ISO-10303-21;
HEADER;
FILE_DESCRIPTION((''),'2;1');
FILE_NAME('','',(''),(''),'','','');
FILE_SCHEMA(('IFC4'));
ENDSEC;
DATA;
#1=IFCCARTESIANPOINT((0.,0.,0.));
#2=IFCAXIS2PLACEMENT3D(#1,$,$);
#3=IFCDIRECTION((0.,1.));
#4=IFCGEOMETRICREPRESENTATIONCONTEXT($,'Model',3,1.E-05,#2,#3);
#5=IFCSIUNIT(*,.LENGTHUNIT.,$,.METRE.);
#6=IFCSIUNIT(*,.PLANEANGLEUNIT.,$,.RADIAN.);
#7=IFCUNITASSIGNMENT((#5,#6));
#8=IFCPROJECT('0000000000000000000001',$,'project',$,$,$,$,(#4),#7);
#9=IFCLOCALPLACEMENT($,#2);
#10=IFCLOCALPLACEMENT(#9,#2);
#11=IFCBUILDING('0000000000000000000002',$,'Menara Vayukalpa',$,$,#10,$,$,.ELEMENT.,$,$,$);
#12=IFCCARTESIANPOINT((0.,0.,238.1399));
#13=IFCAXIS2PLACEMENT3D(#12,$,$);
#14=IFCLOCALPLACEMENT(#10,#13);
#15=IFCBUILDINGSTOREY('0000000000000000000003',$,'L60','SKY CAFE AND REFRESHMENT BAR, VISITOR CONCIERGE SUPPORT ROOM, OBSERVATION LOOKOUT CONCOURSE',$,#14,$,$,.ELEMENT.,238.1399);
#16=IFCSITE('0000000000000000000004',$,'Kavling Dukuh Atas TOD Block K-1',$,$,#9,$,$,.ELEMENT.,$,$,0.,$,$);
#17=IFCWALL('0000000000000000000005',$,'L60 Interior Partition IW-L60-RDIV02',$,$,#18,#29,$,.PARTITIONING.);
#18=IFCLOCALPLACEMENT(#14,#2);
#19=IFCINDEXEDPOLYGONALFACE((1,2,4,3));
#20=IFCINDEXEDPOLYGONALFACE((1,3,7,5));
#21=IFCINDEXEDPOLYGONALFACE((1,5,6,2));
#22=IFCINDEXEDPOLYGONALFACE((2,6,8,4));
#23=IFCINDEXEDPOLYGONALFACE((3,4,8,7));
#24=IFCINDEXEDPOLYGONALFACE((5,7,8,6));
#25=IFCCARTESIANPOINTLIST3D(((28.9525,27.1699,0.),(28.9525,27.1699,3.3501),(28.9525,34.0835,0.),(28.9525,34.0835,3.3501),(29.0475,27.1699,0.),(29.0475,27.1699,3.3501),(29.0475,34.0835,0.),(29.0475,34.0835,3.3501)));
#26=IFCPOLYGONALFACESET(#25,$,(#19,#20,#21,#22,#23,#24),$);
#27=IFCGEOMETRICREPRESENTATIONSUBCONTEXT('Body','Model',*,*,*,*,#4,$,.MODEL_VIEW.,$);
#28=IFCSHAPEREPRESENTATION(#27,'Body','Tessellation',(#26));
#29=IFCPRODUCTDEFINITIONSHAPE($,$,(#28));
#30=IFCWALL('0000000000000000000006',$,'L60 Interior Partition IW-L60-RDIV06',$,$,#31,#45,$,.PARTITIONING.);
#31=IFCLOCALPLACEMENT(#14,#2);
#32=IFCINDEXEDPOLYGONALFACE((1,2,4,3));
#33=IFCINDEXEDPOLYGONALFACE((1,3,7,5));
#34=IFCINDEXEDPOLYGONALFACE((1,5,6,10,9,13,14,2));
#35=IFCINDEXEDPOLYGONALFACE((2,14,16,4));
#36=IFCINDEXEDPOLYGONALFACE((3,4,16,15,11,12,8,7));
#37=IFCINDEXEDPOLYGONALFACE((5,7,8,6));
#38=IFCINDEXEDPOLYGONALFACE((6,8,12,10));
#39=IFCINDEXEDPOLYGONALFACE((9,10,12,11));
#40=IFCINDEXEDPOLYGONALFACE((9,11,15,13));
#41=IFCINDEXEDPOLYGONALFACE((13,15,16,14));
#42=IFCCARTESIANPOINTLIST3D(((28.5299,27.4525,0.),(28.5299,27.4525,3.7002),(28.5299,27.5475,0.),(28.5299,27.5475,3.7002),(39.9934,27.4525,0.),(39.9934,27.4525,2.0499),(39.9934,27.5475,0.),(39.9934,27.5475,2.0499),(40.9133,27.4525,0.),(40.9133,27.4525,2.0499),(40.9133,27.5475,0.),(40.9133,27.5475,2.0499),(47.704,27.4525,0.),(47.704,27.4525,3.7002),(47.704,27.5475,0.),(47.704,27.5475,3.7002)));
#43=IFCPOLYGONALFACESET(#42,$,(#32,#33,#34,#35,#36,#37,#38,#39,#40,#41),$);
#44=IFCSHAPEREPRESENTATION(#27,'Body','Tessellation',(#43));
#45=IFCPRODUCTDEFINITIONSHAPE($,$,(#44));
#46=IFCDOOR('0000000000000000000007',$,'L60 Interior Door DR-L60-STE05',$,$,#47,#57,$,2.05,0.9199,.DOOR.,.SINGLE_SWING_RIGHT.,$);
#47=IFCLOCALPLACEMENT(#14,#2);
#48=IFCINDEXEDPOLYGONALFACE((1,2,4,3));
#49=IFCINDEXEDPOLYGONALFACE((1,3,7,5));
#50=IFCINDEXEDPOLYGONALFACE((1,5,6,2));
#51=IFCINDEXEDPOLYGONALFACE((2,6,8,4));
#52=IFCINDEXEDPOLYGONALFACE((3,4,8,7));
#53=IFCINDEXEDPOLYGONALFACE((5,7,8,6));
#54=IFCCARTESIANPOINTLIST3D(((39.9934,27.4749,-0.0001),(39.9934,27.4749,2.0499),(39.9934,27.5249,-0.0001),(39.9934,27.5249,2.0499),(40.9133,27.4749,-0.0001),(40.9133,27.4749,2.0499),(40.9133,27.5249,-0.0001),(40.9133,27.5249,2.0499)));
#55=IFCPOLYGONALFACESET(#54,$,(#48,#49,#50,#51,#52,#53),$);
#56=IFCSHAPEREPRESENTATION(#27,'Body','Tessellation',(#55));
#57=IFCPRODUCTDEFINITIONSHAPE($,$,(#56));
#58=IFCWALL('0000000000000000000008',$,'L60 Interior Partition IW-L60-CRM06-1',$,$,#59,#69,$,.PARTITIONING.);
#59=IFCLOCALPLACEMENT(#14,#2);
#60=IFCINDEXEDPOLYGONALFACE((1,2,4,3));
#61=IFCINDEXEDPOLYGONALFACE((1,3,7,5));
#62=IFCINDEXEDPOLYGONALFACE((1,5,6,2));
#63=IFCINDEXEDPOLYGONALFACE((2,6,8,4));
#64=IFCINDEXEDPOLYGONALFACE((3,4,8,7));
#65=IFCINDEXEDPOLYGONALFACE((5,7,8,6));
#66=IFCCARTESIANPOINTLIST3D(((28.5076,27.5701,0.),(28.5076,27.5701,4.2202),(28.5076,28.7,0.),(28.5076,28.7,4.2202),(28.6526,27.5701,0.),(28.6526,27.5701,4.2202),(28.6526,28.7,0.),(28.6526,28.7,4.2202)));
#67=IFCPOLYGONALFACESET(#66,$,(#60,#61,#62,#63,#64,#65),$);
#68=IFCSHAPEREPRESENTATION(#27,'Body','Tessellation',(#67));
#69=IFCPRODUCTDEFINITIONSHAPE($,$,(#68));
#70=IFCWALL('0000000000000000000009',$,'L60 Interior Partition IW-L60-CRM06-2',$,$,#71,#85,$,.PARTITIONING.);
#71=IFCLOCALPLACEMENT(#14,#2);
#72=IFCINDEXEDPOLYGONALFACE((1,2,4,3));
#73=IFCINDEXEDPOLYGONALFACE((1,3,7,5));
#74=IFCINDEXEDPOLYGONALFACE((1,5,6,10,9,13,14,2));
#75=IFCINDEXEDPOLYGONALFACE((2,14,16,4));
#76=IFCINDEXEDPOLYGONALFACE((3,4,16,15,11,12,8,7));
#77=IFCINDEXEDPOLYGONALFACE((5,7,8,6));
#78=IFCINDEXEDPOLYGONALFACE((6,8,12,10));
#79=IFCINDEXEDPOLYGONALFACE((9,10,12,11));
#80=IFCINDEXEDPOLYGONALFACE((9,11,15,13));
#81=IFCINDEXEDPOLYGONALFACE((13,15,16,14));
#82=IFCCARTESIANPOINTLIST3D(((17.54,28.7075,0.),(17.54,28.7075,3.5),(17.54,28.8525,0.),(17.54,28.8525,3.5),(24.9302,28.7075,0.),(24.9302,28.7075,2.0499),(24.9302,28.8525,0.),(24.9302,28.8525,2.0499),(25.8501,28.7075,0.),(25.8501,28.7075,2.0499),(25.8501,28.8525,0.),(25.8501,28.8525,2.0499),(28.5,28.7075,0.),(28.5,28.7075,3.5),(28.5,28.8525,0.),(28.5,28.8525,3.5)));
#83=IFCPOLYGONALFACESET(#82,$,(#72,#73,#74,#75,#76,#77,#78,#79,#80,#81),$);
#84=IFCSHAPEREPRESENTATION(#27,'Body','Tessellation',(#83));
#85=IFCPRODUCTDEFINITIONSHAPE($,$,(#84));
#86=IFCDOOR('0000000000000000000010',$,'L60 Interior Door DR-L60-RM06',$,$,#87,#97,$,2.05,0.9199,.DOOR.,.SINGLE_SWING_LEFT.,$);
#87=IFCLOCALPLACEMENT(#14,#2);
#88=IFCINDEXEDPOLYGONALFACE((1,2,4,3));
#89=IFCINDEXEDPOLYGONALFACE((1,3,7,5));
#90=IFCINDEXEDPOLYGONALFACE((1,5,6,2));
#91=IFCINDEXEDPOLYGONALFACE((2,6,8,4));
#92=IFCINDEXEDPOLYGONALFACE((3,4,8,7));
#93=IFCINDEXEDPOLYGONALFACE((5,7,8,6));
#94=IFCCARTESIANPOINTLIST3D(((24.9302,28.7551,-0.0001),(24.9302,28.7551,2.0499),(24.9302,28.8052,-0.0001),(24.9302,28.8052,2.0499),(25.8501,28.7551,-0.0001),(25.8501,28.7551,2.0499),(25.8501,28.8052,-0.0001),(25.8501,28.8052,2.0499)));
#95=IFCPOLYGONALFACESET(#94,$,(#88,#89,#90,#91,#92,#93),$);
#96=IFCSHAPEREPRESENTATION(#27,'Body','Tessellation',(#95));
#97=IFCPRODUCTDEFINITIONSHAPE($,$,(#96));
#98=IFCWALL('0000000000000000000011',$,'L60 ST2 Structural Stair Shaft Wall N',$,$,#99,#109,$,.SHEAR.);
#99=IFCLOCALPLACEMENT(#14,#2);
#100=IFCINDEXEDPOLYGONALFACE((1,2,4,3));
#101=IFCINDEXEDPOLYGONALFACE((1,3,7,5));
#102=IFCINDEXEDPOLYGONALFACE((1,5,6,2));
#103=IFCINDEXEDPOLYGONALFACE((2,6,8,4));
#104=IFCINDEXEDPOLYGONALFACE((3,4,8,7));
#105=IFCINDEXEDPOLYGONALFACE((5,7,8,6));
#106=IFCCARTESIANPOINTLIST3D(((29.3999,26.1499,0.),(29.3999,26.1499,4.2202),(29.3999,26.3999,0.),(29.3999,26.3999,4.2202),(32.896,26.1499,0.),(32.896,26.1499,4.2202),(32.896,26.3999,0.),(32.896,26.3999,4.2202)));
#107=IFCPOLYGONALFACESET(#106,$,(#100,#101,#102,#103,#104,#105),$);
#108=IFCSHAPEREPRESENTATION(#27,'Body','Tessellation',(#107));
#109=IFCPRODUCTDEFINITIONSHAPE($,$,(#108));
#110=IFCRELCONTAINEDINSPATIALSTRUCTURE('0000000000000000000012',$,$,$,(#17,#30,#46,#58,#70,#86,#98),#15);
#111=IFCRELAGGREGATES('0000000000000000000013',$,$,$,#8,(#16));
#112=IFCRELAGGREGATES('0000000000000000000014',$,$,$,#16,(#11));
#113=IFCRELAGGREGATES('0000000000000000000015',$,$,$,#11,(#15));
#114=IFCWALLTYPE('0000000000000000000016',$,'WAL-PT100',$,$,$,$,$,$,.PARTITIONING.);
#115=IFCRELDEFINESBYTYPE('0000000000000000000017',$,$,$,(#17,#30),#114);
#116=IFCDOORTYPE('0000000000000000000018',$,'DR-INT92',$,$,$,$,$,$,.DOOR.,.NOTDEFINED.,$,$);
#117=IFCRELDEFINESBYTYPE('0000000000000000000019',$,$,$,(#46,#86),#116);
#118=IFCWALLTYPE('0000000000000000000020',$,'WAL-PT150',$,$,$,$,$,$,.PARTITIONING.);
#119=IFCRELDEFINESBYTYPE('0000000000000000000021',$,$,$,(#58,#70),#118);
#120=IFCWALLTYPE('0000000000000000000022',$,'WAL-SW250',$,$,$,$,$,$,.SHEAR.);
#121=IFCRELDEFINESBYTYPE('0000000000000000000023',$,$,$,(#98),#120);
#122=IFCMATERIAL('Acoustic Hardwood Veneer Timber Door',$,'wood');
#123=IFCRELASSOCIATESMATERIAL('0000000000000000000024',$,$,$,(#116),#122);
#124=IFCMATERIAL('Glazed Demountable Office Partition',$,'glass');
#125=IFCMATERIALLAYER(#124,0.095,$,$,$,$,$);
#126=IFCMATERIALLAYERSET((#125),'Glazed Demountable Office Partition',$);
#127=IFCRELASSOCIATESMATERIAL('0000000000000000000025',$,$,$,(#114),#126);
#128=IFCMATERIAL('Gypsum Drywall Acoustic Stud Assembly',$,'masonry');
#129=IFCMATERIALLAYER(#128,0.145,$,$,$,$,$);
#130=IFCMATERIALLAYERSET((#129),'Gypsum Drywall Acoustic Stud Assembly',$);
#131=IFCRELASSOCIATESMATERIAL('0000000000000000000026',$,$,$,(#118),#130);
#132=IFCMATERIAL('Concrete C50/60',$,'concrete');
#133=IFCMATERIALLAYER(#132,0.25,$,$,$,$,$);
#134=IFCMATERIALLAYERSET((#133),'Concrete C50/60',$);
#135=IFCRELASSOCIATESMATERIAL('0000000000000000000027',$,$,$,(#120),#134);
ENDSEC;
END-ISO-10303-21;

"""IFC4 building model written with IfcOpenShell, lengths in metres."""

from ifc_helpers import new_model, si_unit, direction, frame, frame_2d, origin, place, context, subcontext, project, spatial, rectangle, extrude, material, layer, layer_set, type_object, element, fill, save


model = new_model("IFC4")

# Units and contexts
model_context = context("Model", 3, precision=1e-05, world=origin(), true_north=direction((0.0, 1.0)))
body_context = subcontext(model_context, "Body", "Model", "MODEL_VIEW")
ifc_project = project(units=[si_unit("LENGTHUNIT", "METRE"), si_unit("PLANEANGLEUNIT", "RADIAN")], contexts=[model_context])

# Site, building, storey
site_placement = place(None, origin())
site = spatial("IfcSite", under=ifc_project, at=site_placement, Name="Kavling Dukuh Atas TOD Block K-1", CompositionType="ELEMENT", RefElevation=0.0)
building_placement = place(site_placement, origin())
building = spatial("IfcBuilding", under=site, at=building_placement, Name="Menara Vayukalpa", CompositionType="ELEMENT")
storey_placement = place(building_placement, frame((0.0, 0.0, 238.1399)))
storey = spatial("IfcBuildingStorey", under=building, at=storey_placement, Name="L60", Description="SKY CAFE AND REFRESHMENT BAR, VISITOR CONCIERGE SUPPORT ROOM, OBSERVATION LOOKOUT CONCOURSE", CompositionType="ELEMENT", Elevation=238.1399)

# Shared definitions
ifc_material_1 = material(Name="Acoustic Hardwood Veneer Timber Door", Category="wood")
door_type = type_object("IfcDoorType", Name="DR-INT92", OperationType="NOTDEFINED", PredefinedType="DOOR", material=ifc_material_1)

# Wall
ifc_material_2 = material(Name="Glazed Demountable Office Partition", Category="glass")
ifc_layer_1 = layer(ifc_material_2, 0.095)
ifc_layer_set_1 = layer_set([ifc_layer_1], Name="Glazed Demountable Office Partition")
wall_type_1 = type_object("IfcWallType", Name="WAL-PT100", PredefinedType="PARTITIONING", material=ifc_layer_set_1)
wall_1_placement = place(storey_placement, frame((29.0, 27.1699, 0.0), z_axis=(0.0, 0.0, 1.0), x_axis=(0.0, 1.0, 0.0)))
element("IfcWall", 1, at=wall_1_placement, inside=storey, type_object=wall_type_1, Name="L60 Interior Partition IW-L60-RDIV02", PredefinedType="PARTITIONING", context=body_context, shape_type="SweptSolid", body=[
    extrude(rectangle(XDim=6.9136, YDim=0.095, at=frame_2d((3.4568, 0.0))), origin(), (0.0, 0.0, 1.0), 3.3501),
])

# Wall, opening, door
wall_2_placement = place(storey_placement, frame((28.53, 27.5, 0.0), z_axis=(0.0, 0.0, 1.0), x_axis=(1.0, 0.0, 0.0)))
wall_2 = element("IfcWall", 2, at=wall_2_placement, inside=storey, type_object=wall_type_1, Name="L60 Interior Partition IW-L60-RDIV06", PredefinedType="PARTITIONING", context=body_context, shape_type="SweptSolid", body=[
    extrude(rectangle(XDim=19.1741, YDim=0.095, at=frame_2d((9.5869, 0.0))), origin(), (0.0, 0.0, 1.0), 3.7002),
])
opening_1_placement = place(wall_2_placement, frame((11.4634, 0.0, 0.0)))
opening_1 = element("IfcOpeningElement", 3, at=opening_1_placement, cuts=wall_2, PredefinedType="OPENING", context=body_context, shape_type="SweptSolid", body=[
    extrude(rectangle(XDim=0.9199, YDim=2.05, at=frame_2d((0.46, 1.0249))), frame((0.0, 0.0574, 0.0), z_axis=(0.0, -1.0, 0.0), x_axis=(1.0, 0.0, 0.0)), (0.0, 0.0, 1.0), 0.115),
])
door_1_placement = place(opening_1_placement, origin())
door_1 = element("IfcDoor", 4, at=door_1_placement, inside=storey, type_object=door_type, Name="L60 Interior Door DR-L60-STE05", OperationType="SINGLE_SWING_RIGHT", OverallHeight=2.05, OverallWidth=0.9199, PredefinedType="DOOR", context=body_context, shape_type="SweptSolid", body=[
    extrude(rectangle(XDim=0.9199, YDim=2.05, at=frame_2d((0.46, 1.0249))), frame((0.0, 0.0249, 0.0), z_axis=(0.0, -1.0, 0.0), x_axis=(1.0, 0.0, 0.0)), (0.0, 0.0, 1.0), 0.05),
])
fill(opening_1, door_1)

# Wall
ifc_material_3 = material(Name="Gypsum Drywall Acoustic Stud Assembly", Category="masonry")
ifc_layer_2 = layer(ifc_material_3, 0.145)
ifc_layer_set_2 = layer_set([ifc_layer_2], Name="Gypsum Drywall Acoustic Stud Assembly")
wall_type_2 = type_object("IfcWallType", Name="WAL-PT150", PredefinedType="PARTITIONING", material=ifc_layer_set_2)
wall_3_placement = place(storey_placement, frame((28.5801, 27.5701, 0.0), z_axis=(0.0, 0.0, 1.0), x_axis=(0.0, 1.0, 0.0)))
element("IfcWall", 5, at=wall_3_placement, inside=storey, type_object=wall_type_2, Name="L60 Interior Partition IW-L60-CRM06-1", PredefinedType="PARTITIONING", context=body_context, shape_type="SweptSolid", body=[
    extrude(rectangle(XDim=1.1299, YDim=0.145, at=frame_2d((0.5649, 0.0))), origin(), (0.0, 0.0, 1.0), 4.2202),
])

# Wall, opening, door
wall_4_placement = place(storey_placement, frame((28.5, 28.78, 0.0), z_axis=(0.0, 0.0, 1.0), x_axis=(-1.0, 0.0, 0.0)))
wall_4 = element("IfcWall", 6, at=wall_4_placement, inside=storey, type_object=wall_type_2, Name="L60 Interior Partition IW-L60-CRM06-2", PredefinedType="PARTITIONING", context=body_context, shape_type="SweptSolid", body=[
    extrude(rectangle(XDim=10.96, YDim=0.145, at=frame_2d((5.48, 0.0))), origin(), (0.0, 0.0, 1.0), 3.5),
])
opening_2_placement = place(wall_4_placement, frame((2.6499, 0.0, 0.0)))
opening_2 = element("IfcOpeningElement", 7, at=opening_2_placement, cuts=wall_4, PredefinedType="OPENING", context=body_context, shape_type="SweptSolid", body=[
    extrude(rectangle(XDim=0.9199, YDim=2.05, at=frame_2d((0.46, 1.0249))), frame((0.0, 0.0825, 0.0), z_axis=(0.0, -1.0, 0.0), x_axis=(1.0, 0.0, 0.0)), (0.0, 0.0, 1.0), 0.165),
])
door_2_placement = place(opening_2_placement, origin())
door_2 = element("IfcDoor", 8, at=door_2_placement, inside=storey, type_object=door_type, Name="L60 Interior Door DR-L60-RM06", OperationType="SINGLE_SWING_LEFT", OverallHeight=2.05, OverallWidth=0.9199, PredefinedType="DOOR", context=body_context, shape_type="SweptSolid", body=[
    extrude(rectangle(XDim=0.9199, YDim=2.05, at=frame_2d((0.46, 1.0249))), frame((0.0, 0.0249, 0.0), z_axis=(0.0, -1.0, 0.0), x_axis=(1.0, 0.0, 0.0)), (0.0, 0.0, 1.0), 0.05),
])
fill(opening_2, door_2)

# Wall
ifc_material_4 = material(Name="Concrete C50/60", Category="concrete")
ifc_layer_3 = layer(ifc_material_4, 0.25)
ifc_layer_set_3 = layer_set([ifc_layer_3], Name="Concrete C50/60")
wall_type_3 = type_object("IfcWallType", Name="WAL-SW250", PredefinedType="SHEAR", material=ifc_layer_set_3)
wall_5_placement = place(storey_placement, frame((29.3999, 26.2749, 0.0), z_axis=(0.0, 0.0, 1.0), x_axis=(1.0, 0.0, 0.0)))
element("IfcWall", 9, at=wall_5_placement, inside=storey, type_object=wall_type_3, Name="L60 ST2 Structural Stair Shaft Wall N", PredefinedType="SHEAR", context=body_context, shape_type="SweptSolid", body=[
    extrude(rectangle(XDim=3.4961, YDim=0.25, at=frame_2d((1.748, 0.0))), origin(), (0.0, 0.0, 1.0), 4.2202),
])

save(model, "model.ifc")
